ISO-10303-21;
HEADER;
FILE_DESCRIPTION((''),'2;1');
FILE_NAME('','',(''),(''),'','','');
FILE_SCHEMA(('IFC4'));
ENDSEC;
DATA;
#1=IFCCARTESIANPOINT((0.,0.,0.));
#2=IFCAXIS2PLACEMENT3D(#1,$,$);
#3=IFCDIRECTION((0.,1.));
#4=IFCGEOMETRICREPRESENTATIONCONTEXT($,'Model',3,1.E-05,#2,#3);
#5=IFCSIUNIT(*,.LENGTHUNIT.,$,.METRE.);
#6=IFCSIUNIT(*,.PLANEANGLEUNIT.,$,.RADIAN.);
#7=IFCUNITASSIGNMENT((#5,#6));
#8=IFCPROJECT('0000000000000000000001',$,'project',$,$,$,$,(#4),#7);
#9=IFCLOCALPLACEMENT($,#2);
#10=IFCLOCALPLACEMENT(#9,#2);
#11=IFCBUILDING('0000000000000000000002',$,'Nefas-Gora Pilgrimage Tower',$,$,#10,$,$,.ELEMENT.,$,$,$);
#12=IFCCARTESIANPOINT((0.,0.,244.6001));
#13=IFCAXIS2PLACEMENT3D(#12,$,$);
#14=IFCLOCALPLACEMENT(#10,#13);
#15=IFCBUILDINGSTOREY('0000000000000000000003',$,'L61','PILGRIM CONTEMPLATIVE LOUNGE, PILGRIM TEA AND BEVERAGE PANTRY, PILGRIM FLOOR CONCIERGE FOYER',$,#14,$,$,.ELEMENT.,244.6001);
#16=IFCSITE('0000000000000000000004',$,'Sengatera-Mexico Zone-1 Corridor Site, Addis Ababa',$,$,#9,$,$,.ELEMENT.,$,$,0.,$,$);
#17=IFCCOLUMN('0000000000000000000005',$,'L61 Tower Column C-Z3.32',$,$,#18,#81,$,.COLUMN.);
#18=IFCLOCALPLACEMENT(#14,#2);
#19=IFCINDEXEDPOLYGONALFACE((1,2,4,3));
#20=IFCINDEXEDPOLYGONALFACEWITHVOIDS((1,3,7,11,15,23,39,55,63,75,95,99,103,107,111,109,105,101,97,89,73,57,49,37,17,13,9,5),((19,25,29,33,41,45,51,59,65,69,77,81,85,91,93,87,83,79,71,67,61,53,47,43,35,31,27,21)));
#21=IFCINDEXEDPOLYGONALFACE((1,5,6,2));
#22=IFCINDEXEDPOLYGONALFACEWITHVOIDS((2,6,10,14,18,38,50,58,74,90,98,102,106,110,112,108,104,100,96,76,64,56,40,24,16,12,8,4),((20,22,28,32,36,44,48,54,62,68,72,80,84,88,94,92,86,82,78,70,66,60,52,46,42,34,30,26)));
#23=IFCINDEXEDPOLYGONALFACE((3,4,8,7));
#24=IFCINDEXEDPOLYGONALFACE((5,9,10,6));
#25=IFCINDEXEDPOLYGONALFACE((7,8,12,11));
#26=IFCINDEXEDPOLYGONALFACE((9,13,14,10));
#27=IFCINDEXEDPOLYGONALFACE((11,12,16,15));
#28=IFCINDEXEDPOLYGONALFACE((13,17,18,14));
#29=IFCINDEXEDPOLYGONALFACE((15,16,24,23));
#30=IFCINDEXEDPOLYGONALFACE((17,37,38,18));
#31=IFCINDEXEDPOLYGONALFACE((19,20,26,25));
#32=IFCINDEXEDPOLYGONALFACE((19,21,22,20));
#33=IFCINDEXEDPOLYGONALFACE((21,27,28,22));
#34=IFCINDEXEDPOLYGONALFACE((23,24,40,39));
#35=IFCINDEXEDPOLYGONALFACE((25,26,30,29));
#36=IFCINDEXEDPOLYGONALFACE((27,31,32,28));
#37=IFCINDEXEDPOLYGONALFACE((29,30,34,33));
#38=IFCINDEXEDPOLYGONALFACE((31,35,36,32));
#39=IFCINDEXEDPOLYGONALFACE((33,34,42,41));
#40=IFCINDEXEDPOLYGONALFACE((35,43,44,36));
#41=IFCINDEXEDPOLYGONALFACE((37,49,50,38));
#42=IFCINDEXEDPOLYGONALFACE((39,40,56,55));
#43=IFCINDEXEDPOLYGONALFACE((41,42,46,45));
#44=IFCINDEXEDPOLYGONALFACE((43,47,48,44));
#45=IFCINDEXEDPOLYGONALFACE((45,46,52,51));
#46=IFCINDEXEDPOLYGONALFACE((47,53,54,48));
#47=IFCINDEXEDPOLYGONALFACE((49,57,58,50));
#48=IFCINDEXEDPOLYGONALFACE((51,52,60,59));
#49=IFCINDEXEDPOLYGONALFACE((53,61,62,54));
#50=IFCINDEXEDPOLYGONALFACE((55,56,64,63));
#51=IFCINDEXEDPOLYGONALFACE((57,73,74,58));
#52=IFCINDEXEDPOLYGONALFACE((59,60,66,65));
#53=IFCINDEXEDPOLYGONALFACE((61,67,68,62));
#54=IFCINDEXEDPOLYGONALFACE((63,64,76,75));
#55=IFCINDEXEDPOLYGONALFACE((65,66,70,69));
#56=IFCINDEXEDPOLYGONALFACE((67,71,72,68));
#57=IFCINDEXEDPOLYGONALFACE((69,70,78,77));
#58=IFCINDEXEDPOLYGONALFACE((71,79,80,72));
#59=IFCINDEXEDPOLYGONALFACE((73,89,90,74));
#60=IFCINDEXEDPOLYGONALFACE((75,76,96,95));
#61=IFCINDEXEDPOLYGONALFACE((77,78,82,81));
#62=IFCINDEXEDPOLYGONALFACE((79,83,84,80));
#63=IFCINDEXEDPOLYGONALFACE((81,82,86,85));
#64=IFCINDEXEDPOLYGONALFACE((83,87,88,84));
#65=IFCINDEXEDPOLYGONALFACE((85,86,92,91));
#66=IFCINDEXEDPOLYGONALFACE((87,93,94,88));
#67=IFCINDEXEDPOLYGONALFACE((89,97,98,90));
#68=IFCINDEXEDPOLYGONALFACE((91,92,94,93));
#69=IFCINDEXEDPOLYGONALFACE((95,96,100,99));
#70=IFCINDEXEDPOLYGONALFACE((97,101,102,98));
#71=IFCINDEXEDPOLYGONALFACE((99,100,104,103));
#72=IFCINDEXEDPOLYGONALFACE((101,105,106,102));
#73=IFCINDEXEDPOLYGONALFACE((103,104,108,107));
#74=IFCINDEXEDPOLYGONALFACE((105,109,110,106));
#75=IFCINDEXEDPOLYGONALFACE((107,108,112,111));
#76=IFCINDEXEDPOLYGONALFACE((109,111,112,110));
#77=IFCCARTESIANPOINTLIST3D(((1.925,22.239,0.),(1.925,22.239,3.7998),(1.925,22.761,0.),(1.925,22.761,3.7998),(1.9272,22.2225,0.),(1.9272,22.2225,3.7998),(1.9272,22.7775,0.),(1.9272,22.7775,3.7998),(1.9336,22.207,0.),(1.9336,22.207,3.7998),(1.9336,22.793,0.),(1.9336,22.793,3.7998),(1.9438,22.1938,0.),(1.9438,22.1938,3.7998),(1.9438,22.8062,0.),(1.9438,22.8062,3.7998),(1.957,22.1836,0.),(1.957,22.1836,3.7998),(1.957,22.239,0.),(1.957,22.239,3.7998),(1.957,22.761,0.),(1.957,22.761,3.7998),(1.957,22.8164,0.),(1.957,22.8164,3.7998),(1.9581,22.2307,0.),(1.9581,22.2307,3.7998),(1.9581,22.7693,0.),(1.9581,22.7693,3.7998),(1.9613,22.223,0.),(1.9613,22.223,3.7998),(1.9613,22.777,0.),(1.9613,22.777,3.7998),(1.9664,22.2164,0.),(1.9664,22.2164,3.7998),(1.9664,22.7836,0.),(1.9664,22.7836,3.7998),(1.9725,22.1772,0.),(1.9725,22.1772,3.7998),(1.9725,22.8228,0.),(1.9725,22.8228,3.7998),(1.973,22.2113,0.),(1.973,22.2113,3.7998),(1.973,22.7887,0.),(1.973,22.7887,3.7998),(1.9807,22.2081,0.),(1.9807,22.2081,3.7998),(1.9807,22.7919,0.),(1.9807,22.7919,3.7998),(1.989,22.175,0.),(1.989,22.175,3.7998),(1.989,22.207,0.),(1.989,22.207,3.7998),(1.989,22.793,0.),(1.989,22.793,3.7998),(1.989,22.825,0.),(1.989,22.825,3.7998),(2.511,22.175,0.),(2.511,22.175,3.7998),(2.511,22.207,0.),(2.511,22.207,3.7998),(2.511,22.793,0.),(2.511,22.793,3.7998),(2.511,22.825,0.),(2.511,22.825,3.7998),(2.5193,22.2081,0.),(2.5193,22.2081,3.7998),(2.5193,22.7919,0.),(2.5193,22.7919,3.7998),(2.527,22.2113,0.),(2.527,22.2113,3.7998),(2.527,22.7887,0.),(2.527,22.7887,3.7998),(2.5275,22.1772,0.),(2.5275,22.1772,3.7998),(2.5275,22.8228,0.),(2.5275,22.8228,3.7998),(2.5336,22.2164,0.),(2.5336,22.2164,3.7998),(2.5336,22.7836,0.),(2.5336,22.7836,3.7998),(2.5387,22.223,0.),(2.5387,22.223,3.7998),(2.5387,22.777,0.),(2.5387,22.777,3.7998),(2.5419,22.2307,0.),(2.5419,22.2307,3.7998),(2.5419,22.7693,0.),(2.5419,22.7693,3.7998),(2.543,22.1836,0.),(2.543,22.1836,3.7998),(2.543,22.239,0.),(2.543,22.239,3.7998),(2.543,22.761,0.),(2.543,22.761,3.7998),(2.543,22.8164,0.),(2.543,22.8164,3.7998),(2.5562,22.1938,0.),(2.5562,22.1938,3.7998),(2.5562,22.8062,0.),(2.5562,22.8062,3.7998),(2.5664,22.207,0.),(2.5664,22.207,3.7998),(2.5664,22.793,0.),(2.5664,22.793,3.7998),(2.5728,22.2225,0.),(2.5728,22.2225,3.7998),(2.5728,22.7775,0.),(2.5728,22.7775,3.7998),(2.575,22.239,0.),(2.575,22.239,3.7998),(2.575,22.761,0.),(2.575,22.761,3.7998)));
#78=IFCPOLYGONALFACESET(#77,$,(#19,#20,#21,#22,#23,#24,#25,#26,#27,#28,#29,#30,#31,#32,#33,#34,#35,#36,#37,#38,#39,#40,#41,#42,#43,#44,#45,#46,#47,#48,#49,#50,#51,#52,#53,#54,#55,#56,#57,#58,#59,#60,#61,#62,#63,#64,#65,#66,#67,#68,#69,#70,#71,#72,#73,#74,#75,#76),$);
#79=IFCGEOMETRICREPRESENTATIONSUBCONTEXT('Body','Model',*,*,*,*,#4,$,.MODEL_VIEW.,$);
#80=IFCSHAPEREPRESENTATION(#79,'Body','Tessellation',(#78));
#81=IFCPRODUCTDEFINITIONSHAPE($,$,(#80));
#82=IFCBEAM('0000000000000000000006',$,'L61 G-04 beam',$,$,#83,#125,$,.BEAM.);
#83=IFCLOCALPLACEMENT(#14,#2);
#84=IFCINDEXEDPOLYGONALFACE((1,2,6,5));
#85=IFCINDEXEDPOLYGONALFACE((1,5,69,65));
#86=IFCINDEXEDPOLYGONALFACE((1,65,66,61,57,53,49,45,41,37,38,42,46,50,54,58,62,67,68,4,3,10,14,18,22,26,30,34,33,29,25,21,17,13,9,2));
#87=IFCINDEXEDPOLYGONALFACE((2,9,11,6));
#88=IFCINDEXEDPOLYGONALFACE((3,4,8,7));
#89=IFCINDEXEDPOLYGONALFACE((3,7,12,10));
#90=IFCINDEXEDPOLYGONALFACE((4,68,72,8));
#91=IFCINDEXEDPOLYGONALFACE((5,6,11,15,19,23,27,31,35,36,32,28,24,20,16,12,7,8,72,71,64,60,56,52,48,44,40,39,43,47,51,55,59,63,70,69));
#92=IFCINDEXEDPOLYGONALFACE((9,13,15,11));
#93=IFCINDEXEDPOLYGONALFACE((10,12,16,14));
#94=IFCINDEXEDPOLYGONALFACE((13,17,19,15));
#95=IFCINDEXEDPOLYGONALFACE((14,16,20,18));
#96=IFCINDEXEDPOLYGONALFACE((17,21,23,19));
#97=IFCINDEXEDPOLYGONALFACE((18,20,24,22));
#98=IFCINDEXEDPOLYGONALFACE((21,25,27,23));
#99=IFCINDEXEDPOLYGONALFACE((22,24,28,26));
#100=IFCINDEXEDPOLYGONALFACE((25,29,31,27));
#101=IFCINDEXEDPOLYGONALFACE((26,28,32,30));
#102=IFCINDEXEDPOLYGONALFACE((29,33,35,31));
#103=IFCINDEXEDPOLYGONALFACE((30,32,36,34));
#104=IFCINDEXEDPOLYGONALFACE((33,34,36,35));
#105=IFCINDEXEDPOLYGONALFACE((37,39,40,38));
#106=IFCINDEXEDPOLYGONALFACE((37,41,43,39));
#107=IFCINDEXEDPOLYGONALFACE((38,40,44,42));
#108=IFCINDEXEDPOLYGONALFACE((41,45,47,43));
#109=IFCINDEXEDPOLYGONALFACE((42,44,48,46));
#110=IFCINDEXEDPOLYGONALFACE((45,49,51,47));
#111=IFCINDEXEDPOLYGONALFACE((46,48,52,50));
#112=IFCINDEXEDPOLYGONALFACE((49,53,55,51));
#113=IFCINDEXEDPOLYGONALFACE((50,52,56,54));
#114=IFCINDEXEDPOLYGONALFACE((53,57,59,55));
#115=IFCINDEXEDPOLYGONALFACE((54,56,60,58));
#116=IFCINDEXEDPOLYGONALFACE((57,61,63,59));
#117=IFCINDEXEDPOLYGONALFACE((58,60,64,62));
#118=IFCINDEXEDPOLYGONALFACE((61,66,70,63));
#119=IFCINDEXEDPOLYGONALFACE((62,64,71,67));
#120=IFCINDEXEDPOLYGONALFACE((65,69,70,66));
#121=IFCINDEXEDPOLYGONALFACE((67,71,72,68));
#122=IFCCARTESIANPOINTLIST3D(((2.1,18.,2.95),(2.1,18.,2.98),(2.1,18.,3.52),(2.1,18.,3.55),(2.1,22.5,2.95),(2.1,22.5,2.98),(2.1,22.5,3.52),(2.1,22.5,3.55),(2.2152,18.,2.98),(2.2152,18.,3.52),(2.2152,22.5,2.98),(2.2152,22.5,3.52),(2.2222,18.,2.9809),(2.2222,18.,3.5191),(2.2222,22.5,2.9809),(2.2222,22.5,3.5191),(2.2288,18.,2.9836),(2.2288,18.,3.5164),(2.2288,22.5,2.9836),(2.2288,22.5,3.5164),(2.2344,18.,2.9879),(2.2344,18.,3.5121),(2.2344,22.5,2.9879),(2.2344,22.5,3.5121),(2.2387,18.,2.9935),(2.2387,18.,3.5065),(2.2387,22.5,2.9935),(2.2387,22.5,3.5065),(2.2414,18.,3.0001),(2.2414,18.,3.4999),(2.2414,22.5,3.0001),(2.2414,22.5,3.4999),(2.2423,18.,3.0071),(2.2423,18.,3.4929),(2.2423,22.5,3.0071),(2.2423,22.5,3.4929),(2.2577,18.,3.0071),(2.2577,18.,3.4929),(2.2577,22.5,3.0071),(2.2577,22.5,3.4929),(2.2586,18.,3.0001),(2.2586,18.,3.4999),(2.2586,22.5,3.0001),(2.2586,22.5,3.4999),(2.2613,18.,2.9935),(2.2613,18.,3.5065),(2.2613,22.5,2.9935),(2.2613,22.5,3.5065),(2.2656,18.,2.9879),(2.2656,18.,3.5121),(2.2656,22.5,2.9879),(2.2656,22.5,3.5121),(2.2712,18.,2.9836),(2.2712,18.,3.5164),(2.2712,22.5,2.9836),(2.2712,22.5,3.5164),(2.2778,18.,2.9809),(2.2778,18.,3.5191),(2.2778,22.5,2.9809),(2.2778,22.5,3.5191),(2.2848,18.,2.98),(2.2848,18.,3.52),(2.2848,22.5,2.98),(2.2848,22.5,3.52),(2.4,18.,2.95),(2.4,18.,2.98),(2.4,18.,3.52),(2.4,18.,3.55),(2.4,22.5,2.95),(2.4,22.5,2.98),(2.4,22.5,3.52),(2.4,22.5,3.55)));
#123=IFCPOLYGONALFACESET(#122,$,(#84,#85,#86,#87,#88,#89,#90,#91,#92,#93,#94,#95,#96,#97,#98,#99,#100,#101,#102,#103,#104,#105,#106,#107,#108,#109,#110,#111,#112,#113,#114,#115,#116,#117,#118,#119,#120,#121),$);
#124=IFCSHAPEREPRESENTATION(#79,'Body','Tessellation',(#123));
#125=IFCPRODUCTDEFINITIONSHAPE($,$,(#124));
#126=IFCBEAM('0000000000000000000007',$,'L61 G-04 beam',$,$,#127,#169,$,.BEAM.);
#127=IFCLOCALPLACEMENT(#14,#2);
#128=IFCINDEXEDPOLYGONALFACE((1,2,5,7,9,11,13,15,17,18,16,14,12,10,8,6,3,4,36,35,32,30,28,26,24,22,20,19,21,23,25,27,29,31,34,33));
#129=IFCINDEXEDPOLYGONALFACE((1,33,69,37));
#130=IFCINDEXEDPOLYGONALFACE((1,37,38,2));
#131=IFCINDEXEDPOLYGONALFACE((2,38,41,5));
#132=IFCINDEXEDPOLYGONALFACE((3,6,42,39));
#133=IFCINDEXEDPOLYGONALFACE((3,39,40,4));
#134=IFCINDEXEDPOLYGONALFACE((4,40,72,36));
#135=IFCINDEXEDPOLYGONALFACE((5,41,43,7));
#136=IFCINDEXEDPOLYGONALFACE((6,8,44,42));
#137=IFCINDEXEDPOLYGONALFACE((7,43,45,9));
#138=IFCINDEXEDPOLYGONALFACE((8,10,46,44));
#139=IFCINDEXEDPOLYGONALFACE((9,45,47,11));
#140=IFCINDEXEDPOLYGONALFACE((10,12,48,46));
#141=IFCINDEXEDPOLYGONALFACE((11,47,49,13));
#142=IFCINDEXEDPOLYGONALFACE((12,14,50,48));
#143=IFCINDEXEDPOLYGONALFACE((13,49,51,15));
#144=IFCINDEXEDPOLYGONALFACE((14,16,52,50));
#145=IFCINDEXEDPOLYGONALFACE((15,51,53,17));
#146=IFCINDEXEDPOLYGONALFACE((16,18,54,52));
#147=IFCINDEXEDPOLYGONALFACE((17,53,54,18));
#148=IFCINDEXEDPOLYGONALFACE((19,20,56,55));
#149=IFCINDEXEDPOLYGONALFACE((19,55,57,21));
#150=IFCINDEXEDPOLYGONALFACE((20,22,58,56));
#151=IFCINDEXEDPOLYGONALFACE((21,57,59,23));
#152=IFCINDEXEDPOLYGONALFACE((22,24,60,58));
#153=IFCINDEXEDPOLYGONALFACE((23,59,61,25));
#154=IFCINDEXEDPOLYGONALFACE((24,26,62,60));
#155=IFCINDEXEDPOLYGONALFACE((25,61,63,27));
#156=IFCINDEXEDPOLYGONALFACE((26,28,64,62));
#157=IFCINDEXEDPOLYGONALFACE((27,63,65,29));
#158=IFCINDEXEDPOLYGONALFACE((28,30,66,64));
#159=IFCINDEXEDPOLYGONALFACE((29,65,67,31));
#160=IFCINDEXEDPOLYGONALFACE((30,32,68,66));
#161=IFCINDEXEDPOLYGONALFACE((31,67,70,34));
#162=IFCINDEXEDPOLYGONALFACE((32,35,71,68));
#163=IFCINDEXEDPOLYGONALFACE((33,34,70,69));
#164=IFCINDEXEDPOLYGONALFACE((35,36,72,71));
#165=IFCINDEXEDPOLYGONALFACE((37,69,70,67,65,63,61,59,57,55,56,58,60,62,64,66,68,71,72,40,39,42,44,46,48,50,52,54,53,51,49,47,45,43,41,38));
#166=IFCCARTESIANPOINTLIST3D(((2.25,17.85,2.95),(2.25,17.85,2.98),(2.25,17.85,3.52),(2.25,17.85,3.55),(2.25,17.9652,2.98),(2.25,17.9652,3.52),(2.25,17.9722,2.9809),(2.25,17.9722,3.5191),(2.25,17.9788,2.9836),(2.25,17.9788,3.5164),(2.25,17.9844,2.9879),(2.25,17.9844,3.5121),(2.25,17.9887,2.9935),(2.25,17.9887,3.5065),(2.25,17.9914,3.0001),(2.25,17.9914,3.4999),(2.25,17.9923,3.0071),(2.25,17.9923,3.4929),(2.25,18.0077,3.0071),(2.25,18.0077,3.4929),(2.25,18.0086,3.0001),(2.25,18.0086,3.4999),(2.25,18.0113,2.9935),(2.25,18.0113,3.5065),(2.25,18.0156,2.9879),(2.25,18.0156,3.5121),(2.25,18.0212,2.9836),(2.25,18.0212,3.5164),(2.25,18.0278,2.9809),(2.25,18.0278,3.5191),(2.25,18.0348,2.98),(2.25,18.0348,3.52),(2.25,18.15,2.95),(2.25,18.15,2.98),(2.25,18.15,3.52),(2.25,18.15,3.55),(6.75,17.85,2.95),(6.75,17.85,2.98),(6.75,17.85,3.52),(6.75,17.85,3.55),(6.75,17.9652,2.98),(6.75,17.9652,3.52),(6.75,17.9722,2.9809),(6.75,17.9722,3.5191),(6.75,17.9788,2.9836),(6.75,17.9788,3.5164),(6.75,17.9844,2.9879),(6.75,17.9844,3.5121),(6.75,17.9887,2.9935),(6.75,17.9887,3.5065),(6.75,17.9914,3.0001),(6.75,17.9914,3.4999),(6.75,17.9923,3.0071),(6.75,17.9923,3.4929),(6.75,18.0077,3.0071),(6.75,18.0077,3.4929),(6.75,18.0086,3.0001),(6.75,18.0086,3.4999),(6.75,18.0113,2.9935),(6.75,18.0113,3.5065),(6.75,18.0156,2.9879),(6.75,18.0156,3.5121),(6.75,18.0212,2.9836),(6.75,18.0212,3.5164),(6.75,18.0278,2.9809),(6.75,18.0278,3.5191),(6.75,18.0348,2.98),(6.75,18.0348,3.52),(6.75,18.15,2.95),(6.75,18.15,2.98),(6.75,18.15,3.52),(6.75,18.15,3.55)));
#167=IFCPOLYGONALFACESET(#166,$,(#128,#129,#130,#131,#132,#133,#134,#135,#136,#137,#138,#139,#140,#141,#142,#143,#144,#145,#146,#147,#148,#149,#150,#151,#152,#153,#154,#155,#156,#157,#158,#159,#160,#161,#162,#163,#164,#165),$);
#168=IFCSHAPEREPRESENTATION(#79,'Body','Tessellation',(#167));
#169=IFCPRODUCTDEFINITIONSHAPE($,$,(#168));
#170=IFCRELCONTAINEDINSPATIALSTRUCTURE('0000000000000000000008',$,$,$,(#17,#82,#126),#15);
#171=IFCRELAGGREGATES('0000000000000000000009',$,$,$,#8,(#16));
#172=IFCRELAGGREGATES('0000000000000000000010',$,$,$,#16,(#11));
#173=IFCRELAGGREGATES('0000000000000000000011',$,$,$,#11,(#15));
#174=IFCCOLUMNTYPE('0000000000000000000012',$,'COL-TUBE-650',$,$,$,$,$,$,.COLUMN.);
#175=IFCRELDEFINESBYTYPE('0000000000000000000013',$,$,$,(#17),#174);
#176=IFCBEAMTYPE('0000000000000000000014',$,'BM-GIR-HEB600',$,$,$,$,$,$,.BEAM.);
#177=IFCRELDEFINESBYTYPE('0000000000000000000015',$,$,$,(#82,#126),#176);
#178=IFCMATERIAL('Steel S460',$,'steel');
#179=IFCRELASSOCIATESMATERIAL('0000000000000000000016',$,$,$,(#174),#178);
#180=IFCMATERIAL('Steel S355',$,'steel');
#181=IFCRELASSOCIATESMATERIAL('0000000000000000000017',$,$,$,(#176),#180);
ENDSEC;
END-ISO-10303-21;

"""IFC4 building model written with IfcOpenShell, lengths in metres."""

from ifc_helpers import new_model, si_unit, direction, frame, origin, origin_2d, place, context, subcontext, project, spatial, hollow_rectangle, i_section, extrude, source, transform, mapped, material, material_profile, profile_set, type_object, element, save


model = new_model("IFC4")

# Units and contexts
model_context = context("Model", 3, precision=1e-05, world=origin(), true_north=direction((0.0, 1.0)))
body_context = subcontext(model_context, "Body", "Model", "MODEL_VIEW")
ifc_project = project(units=[si_unit("LENGTHUNIT", "METRE"), si_unit("PLANEANGLEUNIT", "RADIAN")], contexts=[model_context])

# Site, building, storey
site_placement = place(None, origin())
site = spatial("IfcSite", under=ifc_project, at=site_placement, Name="Sengatera-Mexico Zone-1 Corridor Site, Addis Ababa", CompositionType="ELEMENT", RefElevation=0.0)
building_placement = place(site_placement, origin())
building = spatial("IfcBuilding", under=site, at=building_placement, Name="Nefas-Gora Pilgrimage Tower", CompositionType="ELEMENT")
storey_placement = place(building_placement, frame((0.0, 0.0, 244.6001)))
storey = spatial("IfcBuildingStorey", under=building, at=storey_placement, Name="L61", Description="PILGRIM CONTEMPLATIVE LOUNGE, PILGRIM TEA AND BEVERAGE PANTRY, PILGRIM FLOOR CONCIERGE FOYER", CompositionType="ELEMENT", Elevation=244.6001)

# Column
ifc_material_1 = material(Name="Steel S460", Category="steel")
ifc_material_profile_1 = material_profile(ifc_material_1, hollow_rectangle(XDim=0.6499, YDim=0.6499, WallThickness=0.032, InnerFilletRadius=0.032, OuterFilletRadius=0.064, at=origin_2d()), Name="BOX 650x650x32")
ifc_profile_set_1 = profile_set([ifc_material_profile_1], Name="Steel S460")
column_type_1 = type_object("IfcColumnType", Name="COL-TUBE-650", PredefinedType="COLUMN", material=ifc_profile_set_1)
shared_shape_1 = source(origin(), body_context, "Body", "SweptSolid", [
    extrude(hollow_rectangle(XDim=0.6499, YDim=0.6499, WallThickness=0.032, InnerFilletRadius=0.032, OuterFilletRadius=0.064, at=origin_2d()), origin(), (0.0, 0.0, 1.0), 3.7998),
])
column_placement = place(storey_placement, frame((2.25, 22.5, 0.0), z_axis=(0.0, 0.0, 1.0), x_axis=(1.0, 0.0, 0.0)))
element("IfcColumn", 1, at=column_placement, inside=storey, type_object=column_type_1, Name="L61 Tower Column C-Z3.32", PredefinedType="COLUMN", context=body_context, shape_type="MappedRepresentation", body=[
    mapped(shared_shape_1, transform((0.0, 0.0, 0.0), x_axis=(1.0, 0.0, 0.0), y_axis=(0.0, 1.0, 0.0), z_axis=(0.0, 0.0, 1.0), scale=1.0)),
])

# Beams
ifc_material_2 = material(Name="Steel S355", Category="steel")
ifc_material_profile_2 = material_profile(ifc_material_2, i_section(OverallWidth=0.3, OverallDepth=0.6001, WebThickness=0.0154, FlangeThickness=0.03, FilletRadius=0.0271, at=origin_2d()), Name="HEB 600")
ifc_profile_set_2 = profile_set([ifc_material_profile_2], Name="Steel S355")
beam_type = type_object("IfcBeamType", Name="BM-GIR-HEB600", PredefinedType="BEAM", material=ifc_profile_set_2)
shared_shape_2 = source(origin(), body_context, "Body", "SweptSolid", [
    extrude(i_section(OverallWidth=0.3, OverallDepth=0.6001, WebThickness=0.0154, FlangeThickness=0.03, FilletRadius=0.0271, at=origin_2d()), origin(), (0.0, 0.0, 1.0), 4.5),
])
for number, where, z_axis, x_axis, name in (
    (2, (2.25, 18.0, 3.25), (0.0, 1.0, 0.0), (-1.0, 0.0, 0.0), "L61 G-04 beam"),
    (3, (2.25, 18.0, 3.25), (1.0, 0.0, 0.0), (0.0, 1.0, 0.0), "L61 G-04 beam"),
):
    element("IfcBeam", number, at=place(storey_placement, frame(where, z_axis=z_axis, x_axis=x_axis)), inside=storey, type_object=beam_type, Name=name, PredefinedType="BEAM", context=body_context, shape_type="MappedRepresentation", body=[
        mapped(shared_shape_2, transform((0.0, 0.0, 0.0), x_axis=(1.0, 0.0, 0.0), y_axis=(0.0, 1.0, 0.0), z_axis=(0.0, 0.0, 1.0), scale=1.0)),
    ])

save(model, "model.ifc")
